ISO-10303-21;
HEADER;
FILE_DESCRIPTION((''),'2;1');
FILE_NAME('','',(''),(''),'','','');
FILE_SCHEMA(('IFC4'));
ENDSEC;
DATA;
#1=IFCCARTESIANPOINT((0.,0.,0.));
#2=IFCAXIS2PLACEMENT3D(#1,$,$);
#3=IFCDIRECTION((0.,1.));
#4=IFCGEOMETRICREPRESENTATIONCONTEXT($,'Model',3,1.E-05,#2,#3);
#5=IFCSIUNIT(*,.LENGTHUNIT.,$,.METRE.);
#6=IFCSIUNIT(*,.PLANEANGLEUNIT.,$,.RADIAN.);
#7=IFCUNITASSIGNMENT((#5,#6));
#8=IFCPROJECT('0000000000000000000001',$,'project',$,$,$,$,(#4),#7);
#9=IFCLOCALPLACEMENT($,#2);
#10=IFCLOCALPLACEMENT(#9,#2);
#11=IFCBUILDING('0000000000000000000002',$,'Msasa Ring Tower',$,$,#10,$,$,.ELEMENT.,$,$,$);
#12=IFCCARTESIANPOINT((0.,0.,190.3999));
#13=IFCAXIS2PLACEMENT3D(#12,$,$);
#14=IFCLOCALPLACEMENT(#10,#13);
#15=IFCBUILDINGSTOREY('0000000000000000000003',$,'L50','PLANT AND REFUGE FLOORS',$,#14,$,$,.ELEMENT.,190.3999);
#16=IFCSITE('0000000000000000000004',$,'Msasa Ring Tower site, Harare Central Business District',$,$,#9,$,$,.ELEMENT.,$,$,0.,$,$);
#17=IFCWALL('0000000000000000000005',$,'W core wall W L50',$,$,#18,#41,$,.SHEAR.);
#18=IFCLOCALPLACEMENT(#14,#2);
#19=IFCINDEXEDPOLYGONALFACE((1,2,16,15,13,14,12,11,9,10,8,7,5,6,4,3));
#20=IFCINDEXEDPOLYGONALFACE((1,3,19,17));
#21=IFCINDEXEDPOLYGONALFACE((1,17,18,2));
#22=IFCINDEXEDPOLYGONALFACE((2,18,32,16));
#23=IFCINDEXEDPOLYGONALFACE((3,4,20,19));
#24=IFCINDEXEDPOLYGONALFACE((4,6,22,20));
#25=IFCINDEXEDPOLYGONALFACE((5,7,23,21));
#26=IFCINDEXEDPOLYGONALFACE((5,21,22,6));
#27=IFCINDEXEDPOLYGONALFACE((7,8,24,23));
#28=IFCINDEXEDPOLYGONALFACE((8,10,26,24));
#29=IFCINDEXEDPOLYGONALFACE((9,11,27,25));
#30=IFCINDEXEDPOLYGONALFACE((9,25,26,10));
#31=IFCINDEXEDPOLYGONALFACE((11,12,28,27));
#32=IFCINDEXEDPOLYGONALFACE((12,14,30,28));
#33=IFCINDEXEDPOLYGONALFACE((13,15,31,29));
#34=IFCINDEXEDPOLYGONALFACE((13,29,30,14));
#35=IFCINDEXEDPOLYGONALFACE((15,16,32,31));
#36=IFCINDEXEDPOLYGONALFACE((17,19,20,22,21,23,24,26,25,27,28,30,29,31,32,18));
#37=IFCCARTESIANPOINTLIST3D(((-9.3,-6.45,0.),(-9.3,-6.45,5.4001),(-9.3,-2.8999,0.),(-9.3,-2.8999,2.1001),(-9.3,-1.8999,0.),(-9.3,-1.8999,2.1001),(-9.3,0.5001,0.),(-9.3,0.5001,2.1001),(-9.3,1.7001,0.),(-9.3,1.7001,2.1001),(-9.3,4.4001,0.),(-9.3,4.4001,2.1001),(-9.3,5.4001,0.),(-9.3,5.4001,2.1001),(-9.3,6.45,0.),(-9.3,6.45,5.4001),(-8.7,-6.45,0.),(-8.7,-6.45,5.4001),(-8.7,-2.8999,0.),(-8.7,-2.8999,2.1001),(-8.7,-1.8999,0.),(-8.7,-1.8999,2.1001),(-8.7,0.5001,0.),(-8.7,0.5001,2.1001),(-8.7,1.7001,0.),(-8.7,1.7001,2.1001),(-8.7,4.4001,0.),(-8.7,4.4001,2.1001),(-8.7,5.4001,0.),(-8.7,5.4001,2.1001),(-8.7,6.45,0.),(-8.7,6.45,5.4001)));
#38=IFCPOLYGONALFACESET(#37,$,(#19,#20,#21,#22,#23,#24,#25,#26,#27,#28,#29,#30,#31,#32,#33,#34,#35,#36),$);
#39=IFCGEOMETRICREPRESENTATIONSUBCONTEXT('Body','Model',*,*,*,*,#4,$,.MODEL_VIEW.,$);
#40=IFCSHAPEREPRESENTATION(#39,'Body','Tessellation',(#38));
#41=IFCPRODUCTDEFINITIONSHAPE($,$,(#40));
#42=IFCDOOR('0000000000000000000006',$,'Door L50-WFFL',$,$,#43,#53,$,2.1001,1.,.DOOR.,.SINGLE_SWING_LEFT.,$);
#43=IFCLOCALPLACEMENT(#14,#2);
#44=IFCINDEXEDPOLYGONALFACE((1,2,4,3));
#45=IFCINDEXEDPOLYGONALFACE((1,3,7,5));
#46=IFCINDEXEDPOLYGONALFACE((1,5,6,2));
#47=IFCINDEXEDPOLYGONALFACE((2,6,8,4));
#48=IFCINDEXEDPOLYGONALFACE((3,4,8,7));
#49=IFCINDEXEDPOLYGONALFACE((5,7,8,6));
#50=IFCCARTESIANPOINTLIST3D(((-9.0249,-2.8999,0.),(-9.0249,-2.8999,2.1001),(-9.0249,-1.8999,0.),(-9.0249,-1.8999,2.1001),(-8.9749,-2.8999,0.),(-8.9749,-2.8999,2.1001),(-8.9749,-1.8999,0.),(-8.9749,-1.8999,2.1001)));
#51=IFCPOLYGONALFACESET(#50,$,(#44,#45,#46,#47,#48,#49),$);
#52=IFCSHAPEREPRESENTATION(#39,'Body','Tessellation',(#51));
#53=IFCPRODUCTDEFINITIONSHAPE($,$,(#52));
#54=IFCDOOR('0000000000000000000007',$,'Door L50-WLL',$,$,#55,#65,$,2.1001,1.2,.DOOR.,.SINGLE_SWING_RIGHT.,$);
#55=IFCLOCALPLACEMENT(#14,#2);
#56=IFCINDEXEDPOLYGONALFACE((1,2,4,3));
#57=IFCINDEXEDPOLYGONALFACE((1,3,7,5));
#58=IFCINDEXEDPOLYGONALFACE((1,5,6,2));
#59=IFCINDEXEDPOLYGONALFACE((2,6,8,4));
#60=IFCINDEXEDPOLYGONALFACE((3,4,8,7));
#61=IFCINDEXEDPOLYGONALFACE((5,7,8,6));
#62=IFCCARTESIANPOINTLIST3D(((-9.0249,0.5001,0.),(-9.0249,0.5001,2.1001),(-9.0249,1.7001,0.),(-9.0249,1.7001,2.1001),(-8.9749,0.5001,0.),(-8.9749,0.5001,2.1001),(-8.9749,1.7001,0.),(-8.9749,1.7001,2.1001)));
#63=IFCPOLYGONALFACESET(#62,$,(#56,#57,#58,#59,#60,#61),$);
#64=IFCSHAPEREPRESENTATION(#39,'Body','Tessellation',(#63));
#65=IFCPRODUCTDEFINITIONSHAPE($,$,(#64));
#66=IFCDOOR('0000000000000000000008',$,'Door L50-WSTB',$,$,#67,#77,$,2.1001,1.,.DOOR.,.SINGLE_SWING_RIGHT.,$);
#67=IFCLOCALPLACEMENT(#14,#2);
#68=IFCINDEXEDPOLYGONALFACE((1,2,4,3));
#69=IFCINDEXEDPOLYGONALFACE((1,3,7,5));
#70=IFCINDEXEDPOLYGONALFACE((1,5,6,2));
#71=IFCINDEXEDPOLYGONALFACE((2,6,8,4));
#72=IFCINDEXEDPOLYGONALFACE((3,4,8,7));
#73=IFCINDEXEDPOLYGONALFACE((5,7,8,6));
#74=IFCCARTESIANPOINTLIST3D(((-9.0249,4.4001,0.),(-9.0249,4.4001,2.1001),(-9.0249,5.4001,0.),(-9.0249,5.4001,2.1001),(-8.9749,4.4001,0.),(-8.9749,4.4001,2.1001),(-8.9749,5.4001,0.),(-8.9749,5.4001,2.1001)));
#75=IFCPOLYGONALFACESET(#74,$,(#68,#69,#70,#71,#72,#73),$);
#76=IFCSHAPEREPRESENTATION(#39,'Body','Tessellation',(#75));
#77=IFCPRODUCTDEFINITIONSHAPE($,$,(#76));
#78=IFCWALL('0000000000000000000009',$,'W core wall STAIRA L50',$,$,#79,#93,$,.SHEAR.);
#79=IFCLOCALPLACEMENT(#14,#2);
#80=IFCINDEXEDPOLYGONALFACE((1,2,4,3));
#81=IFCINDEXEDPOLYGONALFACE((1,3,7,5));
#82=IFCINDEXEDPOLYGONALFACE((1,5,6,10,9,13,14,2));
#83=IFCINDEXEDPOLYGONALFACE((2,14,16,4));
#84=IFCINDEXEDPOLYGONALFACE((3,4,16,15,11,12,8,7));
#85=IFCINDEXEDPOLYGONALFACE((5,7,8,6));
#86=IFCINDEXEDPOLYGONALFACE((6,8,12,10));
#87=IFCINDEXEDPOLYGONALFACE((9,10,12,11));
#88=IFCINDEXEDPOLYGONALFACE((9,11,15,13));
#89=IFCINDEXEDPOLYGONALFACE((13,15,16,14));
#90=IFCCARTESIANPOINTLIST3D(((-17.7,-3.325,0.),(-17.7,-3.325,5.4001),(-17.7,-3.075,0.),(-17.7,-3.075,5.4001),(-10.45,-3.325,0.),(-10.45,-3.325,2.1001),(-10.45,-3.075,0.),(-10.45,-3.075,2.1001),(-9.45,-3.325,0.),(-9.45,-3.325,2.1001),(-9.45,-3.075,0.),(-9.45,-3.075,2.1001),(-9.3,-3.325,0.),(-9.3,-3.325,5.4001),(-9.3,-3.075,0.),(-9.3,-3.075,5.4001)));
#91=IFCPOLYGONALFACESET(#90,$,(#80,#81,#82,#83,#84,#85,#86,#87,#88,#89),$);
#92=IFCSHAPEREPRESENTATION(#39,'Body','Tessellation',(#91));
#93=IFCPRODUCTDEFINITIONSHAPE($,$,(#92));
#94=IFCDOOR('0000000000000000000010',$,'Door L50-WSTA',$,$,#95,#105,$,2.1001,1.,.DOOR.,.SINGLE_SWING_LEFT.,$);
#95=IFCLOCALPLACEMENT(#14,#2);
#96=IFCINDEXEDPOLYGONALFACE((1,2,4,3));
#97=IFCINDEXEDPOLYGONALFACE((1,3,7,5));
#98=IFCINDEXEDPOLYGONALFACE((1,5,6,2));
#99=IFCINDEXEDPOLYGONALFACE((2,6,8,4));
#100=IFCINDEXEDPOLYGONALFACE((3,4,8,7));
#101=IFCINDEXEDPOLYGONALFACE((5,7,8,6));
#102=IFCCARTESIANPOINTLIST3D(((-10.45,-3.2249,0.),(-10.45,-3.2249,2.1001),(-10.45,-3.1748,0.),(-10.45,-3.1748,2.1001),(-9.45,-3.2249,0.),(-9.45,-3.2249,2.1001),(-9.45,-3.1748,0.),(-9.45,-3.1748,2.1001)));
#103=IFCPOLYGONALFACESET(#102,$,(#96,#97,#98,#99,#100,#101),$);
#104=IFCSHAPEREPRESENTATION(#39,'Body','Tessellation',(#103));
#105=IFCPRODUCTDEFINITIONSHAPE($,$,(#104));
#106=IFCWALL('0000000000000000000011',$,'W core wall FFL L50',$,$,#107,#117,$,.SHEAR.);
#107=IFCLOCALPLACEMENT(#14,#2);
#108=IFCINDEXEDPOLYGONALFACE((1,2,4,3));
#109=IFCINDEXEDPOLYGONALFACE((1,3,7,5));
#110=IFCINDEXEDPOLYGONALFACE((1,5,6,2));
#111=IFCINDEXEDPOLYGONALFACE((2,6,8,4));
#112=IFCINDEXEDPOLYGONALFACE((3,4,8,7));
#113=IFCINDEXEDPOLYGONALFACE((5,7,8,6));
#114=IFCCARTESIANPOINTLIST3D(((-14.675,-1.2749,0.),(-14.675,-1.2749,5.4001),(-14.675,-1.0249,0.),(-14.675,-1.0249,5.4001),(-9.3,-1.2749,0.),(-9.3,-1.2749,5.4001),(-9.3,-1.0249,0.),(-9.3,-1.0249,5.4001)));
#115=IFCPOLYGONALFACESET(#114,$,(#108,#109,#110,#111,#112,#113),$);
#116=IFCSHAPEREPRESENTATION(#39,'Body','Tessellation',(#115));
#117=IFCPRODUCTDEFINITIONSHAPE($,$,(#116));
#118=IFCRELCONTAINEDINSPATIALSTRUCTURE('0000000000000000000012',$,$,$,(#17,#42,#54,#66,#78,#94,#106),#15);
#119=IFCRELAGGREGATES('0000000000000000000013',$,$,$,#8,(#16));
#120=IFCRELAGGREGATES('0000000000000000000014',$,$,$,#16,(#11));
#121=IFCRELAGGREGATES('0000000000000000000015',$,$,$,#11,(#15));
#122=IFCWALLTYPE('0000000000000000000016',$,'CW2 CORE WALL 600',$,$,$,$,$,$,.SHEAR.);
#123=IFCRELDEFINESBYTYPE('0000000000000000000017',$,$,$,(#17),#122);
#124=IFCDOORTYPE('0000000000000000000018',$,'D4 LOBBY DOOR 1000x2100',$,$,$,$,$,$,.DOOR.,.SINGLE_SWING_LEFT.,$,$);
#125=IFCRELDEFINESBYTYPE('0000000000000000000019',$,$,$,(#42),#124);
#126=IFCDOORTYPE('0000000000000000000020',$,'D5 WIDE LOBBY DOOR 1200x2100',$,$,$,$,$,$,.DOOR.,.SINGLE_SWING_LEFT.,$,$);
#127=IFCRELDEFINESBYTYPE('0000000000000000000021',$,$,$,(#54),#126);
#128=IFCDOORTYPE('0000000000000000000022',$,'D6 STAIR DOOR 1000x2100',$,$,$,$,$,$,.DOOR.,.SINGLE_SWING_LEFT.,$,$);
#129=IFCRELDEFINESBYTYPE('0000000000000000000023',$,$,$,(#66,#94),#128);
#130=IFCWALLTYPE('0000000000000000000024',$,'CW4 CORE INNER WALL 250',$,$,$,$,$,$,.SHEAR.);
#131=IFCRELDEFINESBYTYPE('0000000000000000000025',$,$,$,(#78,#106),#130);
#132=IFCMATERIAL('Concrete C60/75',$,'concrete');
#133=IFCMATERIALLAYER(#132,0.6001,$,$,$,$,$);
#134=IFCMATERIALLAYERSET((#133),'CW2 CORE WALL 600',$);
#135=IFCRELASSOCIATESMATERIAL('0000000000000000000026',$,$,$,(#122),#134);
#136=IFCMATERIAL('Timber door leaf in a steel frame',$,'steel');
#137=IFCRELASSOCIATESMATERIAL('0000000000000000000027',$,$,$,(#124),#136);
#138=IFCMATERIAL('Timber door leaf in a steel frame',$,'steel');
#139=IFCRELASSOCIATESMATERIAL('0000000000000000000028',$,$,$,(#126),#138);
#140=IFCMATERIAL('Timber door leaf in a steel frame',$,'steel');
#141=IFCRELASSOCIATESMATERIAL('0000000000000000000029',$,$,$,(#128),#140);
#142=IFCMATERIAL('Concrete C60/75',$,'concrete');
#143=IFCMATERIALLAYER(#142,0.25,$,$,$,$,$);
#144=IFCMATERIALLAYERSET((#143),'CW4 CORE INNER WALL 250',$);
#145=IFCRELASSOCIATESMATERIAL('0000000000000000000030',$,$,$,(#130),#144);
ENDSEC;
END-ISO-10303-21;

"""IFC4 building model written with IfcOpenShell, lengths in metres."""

from ifc_helpers import new_model, si_unit, direction, frame, frame_2d, origin, place, context, subcontext, project, spatial, rectangle, extrude, material, layer, layer_set, type_object, element, fill, save


model = new_model("IFC4")

# Units and contexts
model_context = context("Model", 3, precision=1e-05, world=origin(), true_north=direction((0.0, 1.0)))
body_context = subcontext(model_context, "Body", "Model", "MODEL_VIEW")
ifc_project = project(units=[si_unit("LENGTHUNIT", "METRE"), si_unit("PLANEANGLEUNIT", "RADIAN")], contexts=[model_context])

# Site, building, storey
site_placement = place(None, origin())
site = spatial("IfcSite", under=ifc_project, at=site_placement, Name="Msasa Ring Tower site, Harare Central Business District", CompositionType="ELEMENT", RefElevation=0.0)
building_placement = place(site_placement, origin())
building = spatial("IfcBuilding", under=site, at=building_placement, Name="Msasa Ring Tower", CompositionType="ELEMENT")
storey_placement = place(building_placement, frame((0.0, 0.0, 190.3999)))
storey = spatial("IfcBuildingStorey", under=building, at=storey_placement, Name="L50", Description="PLANT AND REFUGE FLOORS", CompositionType="ELEMENT", Elevation=190.3999)

# Shared definitions
ifc_material_1 = material(Name="Concrete C60/75", Category="concrete")
ifc_layer_1 = layer(ifc_material_1, 0.6001)
ifc_layer_set_1 = layer_set([ifc_layer_1], Name="CW2 CORE WALL 600")
wall_type_1 = type_object("IfcWallType", Name="CW2 CORE WALL 600", PredefinedType="SHEAR", material=ifc_layer_set_1)

# Wall, openings, doors
wall_1_placement = place(storey_placement, frame((-9.0, -6.45, 0.0), z_axis=(0.0, 0.0, 1.0), x_axis=(0.0, 1.0, 0.0)))
wall_1 = element("IfcWall", 1, at=wall_1_placement, inside=storey, type_object=wall_type_1, Name="W core wall W L50", PredefinedType="SHEAR", context=body_context, shape_type="SweptSolid", body=[
    extrude(rectangle(XDim=12.8999, YDim=0.6001, at=frame_2d((6.45, 0.0))), origin(), (0.0, 0.0, 1.0), 5.4001),
])
opening_1_placement = place(wall_1_placement, frame((3.55, 0.0, 0.0)))
opening_1 = element("IfcOpeningElement", 2, at=opening_1_placement, cuts=wall_1, PredefinedType="OPENING", context=body_context, shape_type="SweptSolid", body=[
    extrude(rectangle(XDim=1.0, YDim=2.1001, at=frame_2d((0.5, 1.05))), frame((0.0, 0.3101, 0.0), z_axis=(0.0, -1.0, 0.0), x_axis=(1.0, 0.0, 0.0)), (0.0, 0.0, 1.0), 0.6201),
])
opening_2_placement = place(wall_1_placement, frame((6.95, 0.0, 0.0)))
opening_2 = element("IfcOpeningElement", 3, at=opening_2_placement, cuts=wall_1, PredefinedType="OPENING", context=body_context, shape_type="SweptSolid", body=[
    extrude(rectangle(XDim=1.2, YDim=2.1001, at=frame_2d((0.6001, 1.05))), frame((0.0, 0.3101, 0.0), z_axis=(0.0, -1.0, 0.0), x_axis=(1.0, 0.0, 0.0)), (0.0, 0.0, 1.0), 0.6201),
])
opening_3_placement = place(wall_1_placement, frame((10.8501, 0.0, 0.0)))
opening_3 = element("IfcOpeningElement", 4, at=opening_3_placement, cuts=wall_1, PredefinedType="OPENING", context=body_context, shape_type="SweptSolid", body=[
    extrude(rectangle(XDim=1.0, YDim=2.1001, at=frame_2d((0.5, 1.05))), frame((0.0, 0.3101, 0.0), z_axis=(0.0, -1.0, 0.0), x_axis=(1.0, 0.0, 0.0)), (0.0, 0.0, 1.0), 0.6201),
])
ifc_material_2 = material(Name="Timber door leaf in a steel frame", Category="steel")
door_type_1 = type_object("IfcDoorType", Name="D4 LOBBY DOOR 1000x2100", OperationType="SINGLE_SWING_LEFT", PredefinedType="DOOR", material=ifc_material_2)
door_1_placement = place(opening_1_placement, origin())
door_1 = element("IfcDoor", 5, at=door_1_placement, inside=storey, type_object=door_type_1, Name="Door L50-WFFL", OperationType="SINGLE_SWING_LEFT", OverallHeight=2.1001, OverallWidth=1.0, PredefinedType="DOOR", context=body_context, shape_type="SweptSolid", body=[
    extrude(rectangle(XDim=1.0, YDim=2.1001, at=frame_2d((0.5, 1.05))), frame((0.0, 0.0249, 0.0), z_axis=(0.0, -1.0, 0.0), x_axis=(1.0, 0.0, 0.0)), (0.0, 0.0, 1.0), 0.05),
])
fill(opening_1, door_1)
ifc_material_3 = material(Name="Timber door leaf in a steel frame", Category="steel")
door_type_2 = type_object("IfcDoorType", Name="D5 WIDE LOBBY DOOR 1200x2100", OperationType="SINGLE_SWING_LEFT", PredefinedType="DOOR", material=ifc_material_3)
door_2_placement = place(opening_2_placement, origin())
door_2 = element("IfcDoor", 6, at=door_2_placement, inside=storey, type_object=door_type_2, Name="Door L50-WLL", OperationType="SINGLE_SWING_RIGHT", OverallHeight=2.1001, OverallWidth=1.2, PredefinedType="DOOR", context=body_context, shape_type="SweptSolid", body=[
    extrude(rectangle(XDim=1.2, YDim=2.1001, at=frame_2d((0.6001, 1.05))), frame((0.0, 0.0249, 0.0), z_axis=(0.0, -1.0, 0.0), x_axis=(1.0, 0.0, 0.0)), (0.0, 0.0, 1.0), 0.05),
])
fill(opening_2, door_2)
ifc_material_4 = material(Name="Timber door leaf in a steel frame", Category="steel")
door_type_3 = type_object("IfcDoorType", Name="D6 STAIR DOOR 1000x2100", OperationType="SINGLE_SWING_LEFT", PredefinedType="DOOR", material=ifc_material_4)
door_3_placement = place(opening_3_placement, origin())
door_3 = element("IfcDoor", 7, at=door_3_placement, inside=storey, type_object=door_type_3, Name="Door L50-WSTB", OperationType="SINGLE_SWING_RIGHT", OverallHeight=2.1001, OverallWidth=1.0, PredefinedType="DOOR", context=body_context, shape_type="SweptSolid", body=[
    extrude(rectangle(XDim=1.0, YDim=2.1001, at=frame_2d((0.5, 1.05))), frame((0.0, 0.0249, 0.0), z_axis=(0.0, -1.0, 0.0), x_axis=(1.0, 0.0, 0.0)), (0.0, 0.0, 1.0), 0.05),
])
fill(opening_3, door_3)

# Wall, opening, door
ifc_material_5 = material(Name="Concrete C60/75", Category="concrete")
ifc_layer_2 = layer(ifc_material_5, 0.25)
ifc_layer_set_2 = layer_set([ifc_layer_2], Name="CW4 CORE INNER WALL 250")
wall_type_2 = type_object("IfcWallType", Name="CW4 CORE INNER WALL 250", PredefinedType="SHEAR", material=ifc_layer_set_2)
wall_2_placement = place(storey_placement, frame((-9.3, -3.2, 0.0), z_axis=(0.0, 0.0, 1.0), x_axis=(-1.0, 0.0, 0.0)))
wall_2 = element("IfcWall", 8, at=wall_2_placement, inside=storey, type_object=wall_type_2, Name="W core wall STAIRA L50", PredefinedType="SHEAR", context=body_context, shape_type="SweptSolid", body=[
    extrude(rectangle(XDim=8.3999, YDim=0.25, at=frame_2d((4.2, 0.0))), origin(), (0.0, 0.0, 1.0), 5.4001),
])
opening_4_placement = place(wall_2_placement, frame((0.1499, 0.0, 0.0)))
opening_4 = element("IfcOpeningElement", 9, at=opening_4_placement, cuts=wall_2, PredefinedType="OPENING", context=body_context, shape_type="SweptSolid", body=[
    extrude(rectangle(XDim=1.0, YDim=2.1001, at=frame_2d((0.5, 1.05))), frame((0.0, 0.135, 0.0), z_axis=(0.0, -1.0, 0.0), x_axis=(1.0, 0.0, 0.0)), (0.0, 0.0, 1.0), 0.27),
])
door_4_placement = place(opening_4_placement, origin())
door_4 = element("IfcDoor", 10, at=door_4_placement, inside=storey, type_object=door_type_3, Name="Door L50-WSTA", OperationType="SINGLE_SWING_LEFT", OverallHeight=2.1001, OverallWidth=1.0, PredefinedType="DOOR", context=body_context, shape_type="SweptSolid", body=[
    extrude(rectangle(XDim=1.0, YDim=2.1001, at=frame_2d((0.5, 1.05))), frame((0.0, 0.0249, 0.0), z_axis=(0.0, -1.0, 0.0), x_axis=(1.0, 0.0, 0.0)), (0.0, 0.0, 1.0), 0.05),
])
fill(opening_4, door_4)

# Wall
wall_3_placement = place(storey_placement, frame((-9.3, -1.1499, 0.0), z_axis=(0.0, 0.0, 1.0), x_axis=(-1.0, 0.0, 0.0)))
element("IfcWall", 11, at=wall_3_placement, inside=storey, type_object=wall_type_2, Name="W core wall FFL L50", PredefinedType="SHEAR", context=body_context, shape_type="SweptSolid", body=[
    extrude(rectangle(XDim=5.375, YDim=0.25, at=frame_2d((2.6875, 0.0))), origin(), (0.0, 0.0, 1.0), 5.4001),
])

save(model, "model.ifc")
